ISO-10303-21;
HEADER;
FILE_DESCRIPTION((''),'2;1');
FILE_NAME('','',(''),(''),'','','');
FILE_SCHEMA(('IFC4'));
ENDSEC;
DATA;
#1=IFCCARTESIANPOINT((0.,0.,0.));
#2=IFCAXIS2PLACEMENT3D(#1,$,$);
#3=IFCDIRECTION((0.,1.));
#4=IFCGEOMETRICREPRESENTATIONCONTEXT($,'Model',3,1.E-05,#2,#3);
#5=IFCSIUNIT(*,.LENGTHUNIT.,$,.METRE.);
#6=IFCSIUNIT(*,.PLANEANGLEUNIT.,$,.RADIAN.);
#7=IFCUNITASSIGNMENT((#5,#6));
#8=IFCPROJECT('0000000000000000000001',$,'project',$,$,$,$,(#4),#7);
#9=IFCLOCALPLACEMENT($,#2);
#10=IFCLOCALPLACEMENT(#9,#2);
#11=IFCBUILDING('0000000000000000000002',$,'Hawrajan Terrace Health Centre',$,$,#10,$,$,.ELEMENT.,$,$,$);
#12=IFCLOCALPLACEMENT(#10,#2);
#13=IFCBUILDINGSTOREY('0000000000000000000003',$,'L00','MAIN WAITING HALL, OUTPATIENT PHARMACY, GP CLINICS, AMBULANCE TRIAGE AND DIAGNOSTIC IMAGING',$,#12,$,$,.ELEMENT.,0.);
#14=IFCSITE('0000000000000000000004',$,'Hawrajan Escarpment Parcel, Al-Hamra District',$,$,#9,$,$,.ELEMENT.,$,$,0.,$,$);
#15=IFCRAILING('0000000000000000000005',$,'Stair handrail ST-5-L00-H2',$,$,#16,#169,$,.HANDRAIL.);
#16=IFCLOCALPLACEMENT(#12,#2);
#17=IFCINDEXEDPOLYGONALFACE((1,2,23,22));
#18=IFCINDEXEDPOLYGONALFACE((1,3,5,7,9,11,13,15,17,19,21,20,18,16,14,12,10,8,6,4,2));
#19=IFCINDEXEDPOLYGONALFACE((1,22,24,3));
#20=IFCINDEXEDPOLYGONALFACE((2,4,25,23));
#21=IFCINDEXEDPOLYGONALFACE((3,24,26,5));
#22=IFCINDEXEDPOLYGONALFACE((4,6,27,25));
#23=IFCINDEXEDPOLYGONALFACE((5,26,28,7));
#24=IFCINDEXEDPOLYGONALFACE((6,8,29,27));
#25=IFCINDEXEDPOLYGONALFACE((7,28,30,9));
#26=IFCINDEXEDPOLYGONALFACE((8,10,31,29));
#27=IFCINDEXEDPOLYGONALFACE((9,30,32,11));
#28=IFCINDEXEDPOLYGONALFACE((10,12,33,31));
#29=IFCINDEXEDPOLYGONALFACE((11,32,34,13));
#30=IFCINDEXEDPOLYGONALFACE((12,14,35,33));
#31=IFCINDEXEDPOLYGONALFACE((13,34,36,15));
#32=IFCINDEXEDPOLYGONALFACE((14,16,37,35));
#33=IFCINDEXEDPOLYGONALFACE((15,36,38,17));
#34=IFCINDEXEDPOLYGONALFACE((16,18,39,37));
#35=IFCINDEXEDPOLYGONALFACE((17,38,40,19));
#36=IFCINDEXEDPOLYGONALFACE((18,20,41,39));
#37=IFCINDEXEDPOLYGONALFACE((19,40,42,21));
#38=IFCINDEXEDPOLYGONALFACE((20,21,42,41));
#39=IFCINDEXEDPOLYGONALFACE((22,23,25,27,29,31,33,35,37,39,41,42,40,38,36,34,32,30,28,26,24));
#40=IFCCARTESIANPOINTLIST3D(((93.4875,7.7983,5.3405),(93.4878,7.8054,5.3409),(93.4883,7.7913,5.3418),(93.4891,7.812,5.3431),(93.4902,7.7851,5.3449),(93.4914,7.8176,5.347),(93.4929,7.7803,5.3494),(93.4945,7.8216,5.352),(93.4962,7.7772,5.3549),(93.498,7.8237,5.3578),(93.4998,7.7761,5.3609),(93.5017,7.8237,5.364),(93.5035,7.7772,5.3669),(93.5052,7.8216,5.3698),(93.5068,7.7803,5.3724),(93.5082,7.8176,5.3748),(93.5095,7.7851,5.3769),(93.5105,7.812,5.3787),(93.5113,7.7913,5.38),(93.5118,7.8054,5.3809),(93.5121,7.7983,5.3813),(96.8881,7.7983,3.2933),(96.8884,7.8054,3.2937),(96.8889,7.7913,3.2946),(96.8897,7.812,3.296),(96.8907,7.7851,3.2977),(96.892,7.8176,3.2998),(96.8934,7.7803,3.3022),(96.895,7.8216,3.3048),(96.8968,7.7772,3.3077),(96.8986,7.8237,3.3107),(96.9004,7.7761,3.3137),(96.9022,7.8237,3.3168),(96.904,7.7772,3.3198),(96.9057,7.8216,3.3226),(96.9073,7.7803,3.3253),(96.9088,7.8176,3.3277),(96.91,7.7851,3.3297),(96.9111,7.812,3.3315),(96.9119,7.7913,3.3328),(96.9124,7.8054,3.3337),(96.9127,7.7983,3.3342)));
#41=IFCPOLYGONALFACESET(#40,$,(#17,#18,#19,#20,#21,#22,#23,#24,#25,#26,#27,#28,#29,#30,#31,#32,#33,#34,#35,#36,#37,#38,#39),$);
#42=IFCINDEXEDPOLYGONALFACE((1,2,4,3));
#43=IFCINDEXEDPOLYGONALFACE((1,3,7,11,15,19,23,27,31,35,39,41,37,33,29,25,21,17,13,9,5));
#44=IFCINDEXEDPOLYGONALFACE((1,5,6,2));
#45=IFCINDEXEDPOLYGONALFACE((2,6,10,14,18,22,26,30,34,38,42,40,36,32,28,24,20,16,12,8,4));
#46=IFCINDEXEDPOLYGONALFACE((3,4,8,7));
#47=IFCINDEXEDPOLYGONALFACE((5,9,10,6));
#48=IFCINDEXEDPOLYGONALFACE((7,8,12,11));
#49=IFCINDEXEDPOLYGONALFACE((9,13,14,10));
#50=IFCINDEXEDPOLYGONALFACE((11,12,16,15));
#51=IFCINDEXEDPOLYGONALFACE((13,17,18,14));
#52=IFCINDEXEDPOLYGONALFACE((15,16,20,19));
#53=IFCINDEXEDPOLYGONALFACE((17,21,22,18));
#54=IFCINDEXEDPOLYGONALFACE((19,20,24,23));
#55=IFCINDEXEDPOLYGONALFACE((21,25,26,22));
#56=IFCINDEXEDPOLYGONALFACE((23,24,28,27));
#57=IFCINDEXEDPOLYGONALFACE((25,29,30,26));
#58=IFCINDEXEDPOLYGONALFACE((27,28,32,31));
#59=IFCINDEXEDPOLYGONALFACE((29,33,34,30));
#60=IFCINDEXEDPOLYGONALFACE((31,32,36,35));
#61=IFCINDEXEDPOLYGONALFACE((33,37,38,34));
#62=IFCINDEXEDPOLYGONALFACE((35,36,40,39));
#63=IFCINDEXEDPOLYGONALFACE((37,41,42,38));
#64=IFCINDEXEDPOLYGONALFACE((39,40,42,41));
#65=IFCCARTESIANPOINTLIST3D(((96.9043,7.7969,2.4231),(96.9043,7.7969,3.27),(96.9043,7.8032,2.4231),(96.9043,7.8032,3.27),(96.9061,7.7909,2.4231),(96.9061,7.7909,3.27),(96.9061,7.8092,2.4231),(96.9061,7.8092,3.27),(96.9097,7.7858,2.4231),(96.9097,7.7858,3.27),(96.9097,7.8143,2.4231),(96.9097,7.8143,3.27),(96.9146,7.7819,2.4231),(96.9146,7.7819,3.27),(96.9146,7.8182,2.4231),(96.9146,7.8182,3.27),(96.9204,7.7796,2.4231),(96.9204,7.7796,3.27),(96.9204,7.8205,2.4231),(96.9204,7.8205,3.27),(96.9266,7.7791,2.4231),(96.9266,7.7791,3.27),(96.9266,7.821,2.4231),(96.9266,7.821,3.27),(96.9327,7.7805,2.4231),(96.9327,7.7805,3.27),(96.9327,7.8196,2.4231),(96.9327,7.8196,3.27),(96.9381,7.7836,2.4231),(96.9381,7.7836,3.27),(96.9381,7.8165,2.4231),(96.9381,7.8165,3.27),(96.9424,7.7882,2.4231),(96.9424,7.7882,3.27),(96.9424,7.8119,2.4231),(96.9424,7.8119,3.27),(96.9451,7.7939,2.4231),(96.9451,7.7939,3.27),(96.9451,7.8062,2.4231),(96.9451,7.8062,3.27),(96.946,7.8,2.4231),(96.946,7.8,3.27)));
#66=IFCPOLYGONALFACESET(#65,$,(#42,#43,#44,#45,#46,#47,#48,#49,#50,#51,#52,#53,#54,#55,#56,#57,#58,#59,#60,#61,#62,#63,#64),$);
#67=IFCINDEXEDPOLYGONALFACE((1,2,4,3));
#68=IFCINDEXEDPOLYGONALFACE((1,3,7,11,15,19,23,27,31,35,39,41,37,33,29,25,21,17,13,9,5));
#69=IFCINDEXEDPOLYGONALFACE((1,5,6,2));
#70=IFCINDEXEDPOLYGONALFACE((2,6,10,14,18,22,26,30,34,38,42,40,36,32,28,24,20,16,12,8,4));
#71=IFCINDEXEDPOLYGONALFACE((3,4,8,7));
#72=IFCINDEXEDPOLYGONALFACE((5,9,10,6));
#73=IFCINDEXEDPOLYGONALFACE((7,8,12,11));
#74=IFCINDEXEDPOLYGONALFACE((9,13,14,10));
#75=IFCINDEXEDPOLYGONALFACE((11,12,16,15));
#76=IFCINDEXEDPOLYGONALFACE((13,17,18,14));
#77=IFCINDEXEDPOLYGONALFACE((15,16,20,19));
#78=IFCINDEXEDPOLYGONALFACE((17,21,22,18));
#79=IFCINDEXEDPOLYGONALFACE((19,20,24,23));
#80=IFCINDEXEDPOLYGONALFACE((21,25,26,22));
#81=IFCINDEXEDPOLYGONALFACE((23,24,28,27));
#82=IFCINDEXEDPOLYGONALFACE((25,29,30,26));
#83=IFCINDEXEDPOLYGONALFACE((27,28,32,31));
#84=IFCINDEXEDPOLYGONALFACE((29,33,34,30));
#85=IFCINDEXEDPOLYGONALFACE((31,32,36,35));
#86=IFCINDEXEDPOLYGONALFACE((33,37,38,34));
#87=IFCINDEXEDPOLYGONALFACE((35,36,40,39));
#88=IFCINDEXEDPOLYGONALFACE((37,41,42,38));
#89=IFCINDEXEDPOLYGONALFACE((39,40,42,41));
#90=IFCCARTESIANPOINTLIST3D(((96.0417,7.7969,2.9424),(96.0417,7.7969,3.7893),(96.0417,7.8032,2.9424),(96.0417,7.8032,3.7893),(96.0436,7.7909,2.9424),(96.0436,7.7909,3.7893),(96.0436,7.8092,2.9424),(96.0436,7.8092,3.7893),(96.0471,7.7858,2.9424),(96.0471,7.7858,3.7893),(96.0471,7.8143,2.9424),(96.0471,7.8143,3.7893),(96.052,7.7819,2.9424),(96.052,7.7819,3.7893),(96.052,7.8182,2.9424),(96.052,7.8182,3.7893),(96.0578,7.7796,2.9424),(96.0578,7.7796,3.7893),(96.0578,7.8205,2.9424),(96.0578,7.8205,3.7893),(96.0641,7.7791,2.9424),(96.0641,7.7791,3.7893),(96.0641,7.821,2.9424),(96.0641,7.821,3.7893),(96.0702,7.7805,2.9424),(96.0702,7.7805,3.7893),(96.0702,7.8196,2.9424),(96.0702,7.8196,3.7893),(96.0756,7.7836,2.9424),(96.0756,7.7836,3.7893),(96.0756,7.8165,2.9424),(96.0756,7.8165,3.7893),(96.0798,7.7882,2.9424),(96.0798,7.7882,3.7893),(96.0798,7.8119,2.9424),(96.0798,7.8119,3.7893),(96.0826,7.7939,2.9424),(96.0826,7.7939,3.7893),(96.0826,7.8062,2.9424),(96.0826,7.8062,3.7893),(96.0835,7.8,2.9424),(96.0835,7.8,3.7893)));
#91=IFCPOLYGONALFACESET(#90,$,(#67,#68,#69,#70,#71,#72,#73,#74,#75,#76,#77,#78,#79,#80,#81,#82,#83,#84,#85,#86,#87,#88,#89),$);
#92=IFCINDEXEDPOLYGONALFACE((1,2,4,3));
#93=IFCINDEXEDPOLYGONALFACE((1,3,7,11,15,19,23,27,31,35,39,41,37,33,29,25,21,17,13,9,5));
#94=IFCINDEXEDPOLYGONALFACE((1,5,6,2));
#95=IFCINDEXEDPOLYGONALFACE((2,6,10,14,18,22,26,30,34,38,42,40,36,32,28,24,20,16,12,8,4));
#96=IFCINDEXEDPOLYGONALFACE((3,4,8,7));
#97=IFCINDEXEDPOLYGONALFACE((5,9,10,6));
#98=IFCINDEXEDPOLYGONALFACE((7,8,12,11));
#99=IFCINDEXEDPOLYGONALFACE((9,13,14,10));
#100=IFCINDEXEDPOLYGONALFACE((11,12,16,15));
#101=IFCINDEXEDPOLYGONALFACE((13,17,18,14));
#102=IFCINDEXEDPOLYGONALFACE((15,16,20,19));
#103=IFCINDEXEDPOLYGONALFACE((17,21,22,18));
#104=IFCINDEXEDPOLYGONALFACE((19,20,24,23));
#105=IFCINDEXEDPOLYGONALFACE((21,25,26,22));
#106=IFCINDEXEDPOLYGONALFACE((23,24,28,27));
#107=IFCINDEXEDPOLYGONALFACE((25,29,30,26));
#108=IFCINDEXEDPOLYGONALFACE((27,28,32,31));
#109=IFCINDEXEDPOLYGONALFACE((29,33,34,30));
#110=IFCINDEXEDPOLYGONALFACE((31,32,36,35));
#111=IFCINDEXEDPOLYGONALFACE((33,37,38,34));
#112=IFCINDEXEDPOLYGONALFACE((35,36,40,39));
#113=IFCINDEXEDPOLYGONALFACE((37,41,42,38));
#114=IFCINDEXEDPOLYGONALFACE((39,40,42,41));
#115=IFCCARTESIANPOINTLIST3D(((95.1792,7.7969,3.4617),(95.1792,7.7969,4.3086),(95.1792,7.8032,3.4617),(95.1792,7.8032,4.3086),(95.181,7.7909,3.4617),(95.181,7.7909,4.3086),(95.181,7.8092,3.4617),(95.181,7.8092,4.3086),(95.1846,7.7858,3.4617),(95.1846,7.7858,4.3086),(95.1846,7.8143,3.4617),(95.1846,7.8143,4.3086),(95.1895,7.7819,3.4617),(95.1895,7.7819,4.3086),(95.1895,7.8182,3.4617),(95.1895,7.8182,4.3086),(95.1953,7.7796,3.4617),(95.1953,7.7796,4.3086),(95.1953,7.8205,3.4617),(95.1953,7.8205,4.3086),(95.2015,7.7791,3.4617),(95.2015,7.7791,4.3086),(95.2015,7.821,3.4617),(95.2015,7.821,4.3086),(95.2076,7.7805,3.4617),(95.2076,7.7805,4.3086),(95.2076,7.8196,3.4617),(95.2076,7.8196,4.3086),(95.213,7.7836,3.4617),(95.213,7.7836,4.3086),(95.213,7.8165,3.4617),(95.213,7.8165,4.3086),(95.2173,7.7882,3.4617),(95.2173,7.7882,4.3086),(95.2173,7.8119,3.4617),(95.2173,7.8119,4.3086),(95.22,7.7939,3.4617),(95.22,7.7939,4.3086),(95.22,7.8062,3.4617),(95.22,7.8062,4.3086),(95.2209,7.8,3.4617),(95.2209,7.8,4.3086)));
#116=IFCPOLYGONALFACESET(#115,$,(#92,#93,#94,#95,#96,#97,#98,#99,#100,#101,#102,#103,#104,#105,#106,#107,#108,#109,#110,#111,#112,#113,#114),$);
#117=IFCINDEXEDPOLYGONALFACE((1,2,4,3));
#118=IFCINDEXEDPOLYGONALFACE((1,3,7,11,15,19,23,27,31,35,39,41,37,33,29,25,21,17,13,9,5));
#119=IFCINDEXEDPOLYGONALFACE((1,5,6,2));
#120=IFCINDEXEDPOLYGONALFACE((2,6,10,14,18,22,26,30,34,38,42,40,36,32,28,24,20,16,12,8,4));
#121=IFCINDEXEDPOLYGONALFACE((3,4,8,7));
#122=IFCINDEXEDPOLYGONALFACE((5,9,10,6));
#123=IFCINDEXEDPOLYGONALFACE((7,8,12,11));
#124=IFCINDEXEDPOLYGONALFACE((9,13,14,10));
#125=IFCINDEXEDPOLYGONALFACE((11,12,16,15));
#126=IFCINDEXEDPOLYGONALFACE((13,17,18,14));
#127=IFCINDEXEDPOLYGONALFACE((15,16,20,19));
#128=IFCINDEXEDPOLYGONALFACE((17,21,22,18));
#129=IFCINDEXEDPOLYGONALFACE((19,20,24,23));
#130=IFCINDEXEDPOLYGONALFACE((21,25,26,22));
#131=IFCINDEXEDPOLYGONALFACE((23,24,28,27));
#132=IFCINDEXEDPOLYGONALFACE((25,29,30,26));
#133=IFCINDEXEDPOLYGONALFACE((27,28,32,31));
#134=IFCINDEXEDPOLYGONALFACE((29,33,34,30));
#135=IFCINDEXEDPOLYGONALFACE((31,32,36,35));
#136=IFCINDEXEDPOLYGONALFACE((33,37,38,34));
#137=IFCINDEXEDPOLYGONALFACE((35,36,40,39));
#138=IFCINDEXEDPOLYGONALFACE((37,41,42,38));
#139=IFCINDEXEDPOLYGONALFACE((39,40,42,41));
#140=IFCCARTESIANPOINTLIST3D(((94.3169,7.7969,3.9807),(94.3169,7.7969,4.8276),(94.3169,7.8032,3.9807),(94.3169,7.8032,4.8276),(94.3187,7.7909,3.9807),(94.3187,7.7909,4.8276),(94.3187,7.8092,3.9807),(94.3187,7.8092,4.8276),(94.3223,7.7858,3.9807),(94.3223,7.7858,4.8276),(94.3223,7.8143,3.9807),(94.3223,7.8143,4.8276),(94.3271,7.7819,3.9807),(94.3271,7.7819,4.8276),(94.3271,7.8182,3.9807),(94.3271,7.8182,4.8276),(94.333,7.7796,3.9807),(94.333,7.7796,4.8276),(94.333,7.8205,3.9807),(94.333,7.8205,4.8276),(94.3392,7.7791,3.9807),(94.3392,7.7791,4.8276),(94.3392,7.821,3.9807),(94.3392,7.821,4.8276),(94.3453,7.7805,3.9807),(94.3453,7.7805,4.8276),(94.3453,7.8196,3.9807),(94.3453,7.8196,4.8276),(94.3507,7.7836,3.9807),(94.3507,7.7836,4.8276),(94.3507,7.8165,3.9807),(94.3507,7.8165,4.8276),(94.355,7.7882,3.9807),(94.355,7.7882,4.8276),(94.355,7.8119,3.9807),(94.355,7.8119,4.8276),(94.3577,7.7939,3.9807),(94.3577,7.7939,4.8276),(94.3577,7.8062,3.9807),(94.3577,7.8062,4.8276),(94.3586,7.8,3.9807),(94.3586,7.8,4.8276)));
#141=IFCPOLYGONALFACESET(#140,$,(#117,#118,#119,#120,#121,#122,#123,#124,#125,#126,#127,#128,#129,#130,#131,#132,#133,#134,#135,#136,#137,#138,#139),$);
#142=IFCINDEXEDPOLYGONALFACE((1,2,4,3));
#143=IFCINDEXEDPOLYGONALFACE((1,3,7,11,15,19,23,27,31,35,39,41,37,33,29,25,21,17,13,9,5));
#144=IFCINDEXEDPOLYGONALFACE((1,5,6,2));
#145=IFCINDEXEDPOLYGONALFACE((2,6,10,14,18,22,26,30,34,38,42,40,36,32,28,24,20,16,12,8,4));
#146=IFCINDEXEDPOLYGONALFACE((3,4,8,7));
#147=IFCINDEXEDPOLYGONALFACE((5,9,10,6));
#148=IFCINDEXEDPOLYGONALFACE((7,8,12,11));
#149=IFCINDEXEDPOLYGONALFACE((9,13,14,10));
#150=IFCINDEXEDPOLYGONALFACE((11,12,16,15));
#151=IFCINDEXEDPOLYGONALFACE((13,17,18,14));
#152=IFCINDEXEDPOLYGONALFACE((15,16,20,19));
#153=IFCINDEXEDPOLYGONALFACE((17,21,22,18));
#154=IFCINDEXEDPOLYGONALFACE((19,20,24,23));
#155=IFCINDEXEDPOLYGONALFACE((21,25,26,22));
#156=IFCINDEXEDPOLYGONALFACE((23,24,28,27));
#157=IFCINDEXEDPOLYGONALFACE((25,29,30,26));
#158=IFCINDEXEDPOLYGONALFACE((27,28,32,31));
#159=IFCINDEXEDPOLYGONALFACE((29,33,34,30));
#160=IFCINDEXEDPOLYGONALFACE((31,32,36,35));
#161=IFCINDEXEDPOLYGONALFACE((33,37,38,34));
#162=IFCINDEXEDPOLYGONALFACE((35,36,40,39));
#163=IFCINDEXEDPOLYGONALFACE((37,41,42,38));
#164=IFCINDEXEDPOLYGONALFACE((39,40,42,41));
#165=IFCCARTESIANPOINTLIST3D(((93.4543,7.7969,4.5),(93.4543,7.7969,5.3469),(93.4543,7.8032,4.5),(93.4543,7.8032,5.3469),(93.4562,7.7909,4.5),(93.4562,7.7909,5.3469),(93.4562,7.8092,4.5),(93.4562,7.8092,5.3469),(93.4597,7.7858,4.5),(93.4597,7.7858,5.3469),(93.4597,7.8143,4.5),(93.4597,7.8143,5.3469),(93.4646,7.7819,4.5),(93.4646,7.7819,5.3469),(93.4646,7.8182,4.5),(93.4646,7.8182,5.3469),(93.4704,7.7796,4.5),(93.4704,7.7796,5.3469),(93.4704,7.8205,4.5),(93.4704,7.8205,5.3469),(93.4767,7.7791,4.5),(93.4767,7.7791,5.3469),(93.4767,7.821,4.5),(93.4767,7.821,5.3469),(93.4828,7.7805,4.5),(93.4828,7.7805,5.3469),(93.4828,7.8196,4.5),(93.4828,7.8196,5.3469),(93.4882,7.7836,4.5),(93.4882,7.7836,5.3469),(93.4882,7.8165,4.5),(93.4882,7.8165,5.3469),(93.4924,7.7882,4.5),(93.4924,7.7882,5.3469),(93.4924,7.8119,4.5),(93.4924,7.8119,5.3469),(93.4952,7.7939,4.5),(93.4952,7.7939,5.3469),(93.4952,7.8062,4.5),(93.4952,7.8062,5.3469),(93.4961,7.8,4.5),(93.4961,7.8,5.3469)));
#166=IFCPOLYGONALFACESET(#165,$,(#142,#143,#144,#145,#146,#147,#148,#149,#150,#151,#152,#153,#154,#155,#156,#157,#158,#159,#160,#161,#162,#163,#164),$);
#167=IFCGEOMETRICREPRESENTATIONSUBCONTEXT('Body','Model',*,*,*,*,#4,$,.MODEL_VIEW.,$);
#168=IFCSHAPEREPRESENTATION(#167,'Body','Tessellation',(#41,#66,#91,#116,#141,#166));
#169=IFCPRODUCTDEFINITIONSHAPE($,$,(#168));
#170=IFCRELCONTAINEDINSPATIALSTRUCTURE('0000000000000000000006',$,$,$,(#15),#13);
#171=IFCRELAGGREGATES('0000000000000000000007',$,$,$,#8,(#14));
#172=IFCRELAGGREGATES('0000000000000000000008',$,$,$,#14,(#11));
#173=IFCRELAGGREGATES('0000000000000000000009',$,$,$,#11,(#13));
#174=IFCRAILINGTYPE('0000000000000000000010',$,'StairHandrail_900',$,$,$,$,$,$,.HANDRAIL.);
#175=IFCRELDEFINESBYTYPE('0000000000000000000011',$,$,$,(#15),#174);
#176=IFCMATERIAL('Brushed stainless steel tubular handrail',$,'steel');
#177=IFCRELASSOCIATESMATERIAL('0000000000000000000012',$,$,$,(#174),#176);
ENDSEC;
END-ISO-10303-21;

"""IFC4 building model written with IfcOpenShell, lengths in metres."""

from ifc_helpers import new_model, si_unit, direction, frame, origin, origin_2d, place, context, subcontext, project, spatial, circle, extrude, material, type_object, element, save


model = new_model("IFC4")

# Units and contexts
model_context = context("Model", 3, precision=1e-05, world=origin(), true_north=direction((0.0, 1.0)))
body_context = subcontext(model_context, "Body", "Model", "MODEL_VIEW")
ifc_project = project(units=[si_unit("LENGTHUNIT", "METRE"), si_unit("PLANEANGLEUNIT", "RADIAN")], contexts=[model_context])

# Site, building, storey
site_placement = place(None, origin())
site = spatial("IfcSite", under=ifc_project, at=site_placement, Name="Hawrajan Escarpment Parcel, Al-Hamra District", CompositionType="ELEMENT", RefElevation=0.0)
building_placement = place(site_placement, origin())
building = spatial("IfcBuilding", under=site, at=building_placement, Name="Hawrajan Terrace Health Centre", CompositionType="ELEMENT")
storey_placement = place(building_placement, origin())
storey = spatial("IfcBuildingStorey", under=building, at=storey_placement, Name="L00", Description="MAIN WAITING HALL, OUTPATIENT PHARMACY, GP CLINICS, AMBULANCE TRIAGE AND DIAGNOSTIC IMAGING", CompositionType="ELEMENT", Elevation=0.0)

# Railing
ifc_material_1 = material(Name="Brushed stainless steel tubular handrail", Category="steel")
railing_type_1 = type_object("IfcRailingType", Name="StairHandrail_900", PredefinedType="HANDRAIL", material=ifc_material_1)
railing_1_placement = place(storey_placement, frame((96.925, 7.8, 2.4231)))
element("IfcRailing", 1, at=railing_1_placement, inside=storey, type_object=railing_type_1, Name="Stair handrail ST-5-L00-H2", PredefinedType="HANDRAIL", context=body_context, shape_type="SweptSolid", body=[
    extrude(circle(Radius=0.0239, at=origin_2d()), frame((-0.0247, 0.0, 0.8906), z_axis=(-0.856732, 0.0, 0.515761), x_axis=(0.0, -1.0, 0.0)), (0.0, 0.0, 1.0), 3.9692),
    extrude(circle(Radius=0.021, at=origin_2d()), origin(), (0.0, 0.0, 1.0), 0.8469),
    extrude(circle(Radius=0.021, at=origin_2d()), frame((-0.8625, 0.0, 0.5193)), (0.0, 0.0, 1.0), 0.8469),
    extrude(circle(Radius=0.021, at=origin_2d()), frame((-1.7251, 0.0, 1.0386)), (0.0, 0.0, 1.0), 0.8469),
    extrude(circle(Radius=0.021, at=origin_2d()), frame((-2.5874, 0.0, 1.5576)), (0.0, 0.0, 1.0), 0.8469),
    extrude(circle(Radius=0.021, at=origin_2d()), frame((-3.45, 0.0, 2.0769)), (0.0, 0.0, 1.0), 0.8469),
])

save(model, "model.ifc")
